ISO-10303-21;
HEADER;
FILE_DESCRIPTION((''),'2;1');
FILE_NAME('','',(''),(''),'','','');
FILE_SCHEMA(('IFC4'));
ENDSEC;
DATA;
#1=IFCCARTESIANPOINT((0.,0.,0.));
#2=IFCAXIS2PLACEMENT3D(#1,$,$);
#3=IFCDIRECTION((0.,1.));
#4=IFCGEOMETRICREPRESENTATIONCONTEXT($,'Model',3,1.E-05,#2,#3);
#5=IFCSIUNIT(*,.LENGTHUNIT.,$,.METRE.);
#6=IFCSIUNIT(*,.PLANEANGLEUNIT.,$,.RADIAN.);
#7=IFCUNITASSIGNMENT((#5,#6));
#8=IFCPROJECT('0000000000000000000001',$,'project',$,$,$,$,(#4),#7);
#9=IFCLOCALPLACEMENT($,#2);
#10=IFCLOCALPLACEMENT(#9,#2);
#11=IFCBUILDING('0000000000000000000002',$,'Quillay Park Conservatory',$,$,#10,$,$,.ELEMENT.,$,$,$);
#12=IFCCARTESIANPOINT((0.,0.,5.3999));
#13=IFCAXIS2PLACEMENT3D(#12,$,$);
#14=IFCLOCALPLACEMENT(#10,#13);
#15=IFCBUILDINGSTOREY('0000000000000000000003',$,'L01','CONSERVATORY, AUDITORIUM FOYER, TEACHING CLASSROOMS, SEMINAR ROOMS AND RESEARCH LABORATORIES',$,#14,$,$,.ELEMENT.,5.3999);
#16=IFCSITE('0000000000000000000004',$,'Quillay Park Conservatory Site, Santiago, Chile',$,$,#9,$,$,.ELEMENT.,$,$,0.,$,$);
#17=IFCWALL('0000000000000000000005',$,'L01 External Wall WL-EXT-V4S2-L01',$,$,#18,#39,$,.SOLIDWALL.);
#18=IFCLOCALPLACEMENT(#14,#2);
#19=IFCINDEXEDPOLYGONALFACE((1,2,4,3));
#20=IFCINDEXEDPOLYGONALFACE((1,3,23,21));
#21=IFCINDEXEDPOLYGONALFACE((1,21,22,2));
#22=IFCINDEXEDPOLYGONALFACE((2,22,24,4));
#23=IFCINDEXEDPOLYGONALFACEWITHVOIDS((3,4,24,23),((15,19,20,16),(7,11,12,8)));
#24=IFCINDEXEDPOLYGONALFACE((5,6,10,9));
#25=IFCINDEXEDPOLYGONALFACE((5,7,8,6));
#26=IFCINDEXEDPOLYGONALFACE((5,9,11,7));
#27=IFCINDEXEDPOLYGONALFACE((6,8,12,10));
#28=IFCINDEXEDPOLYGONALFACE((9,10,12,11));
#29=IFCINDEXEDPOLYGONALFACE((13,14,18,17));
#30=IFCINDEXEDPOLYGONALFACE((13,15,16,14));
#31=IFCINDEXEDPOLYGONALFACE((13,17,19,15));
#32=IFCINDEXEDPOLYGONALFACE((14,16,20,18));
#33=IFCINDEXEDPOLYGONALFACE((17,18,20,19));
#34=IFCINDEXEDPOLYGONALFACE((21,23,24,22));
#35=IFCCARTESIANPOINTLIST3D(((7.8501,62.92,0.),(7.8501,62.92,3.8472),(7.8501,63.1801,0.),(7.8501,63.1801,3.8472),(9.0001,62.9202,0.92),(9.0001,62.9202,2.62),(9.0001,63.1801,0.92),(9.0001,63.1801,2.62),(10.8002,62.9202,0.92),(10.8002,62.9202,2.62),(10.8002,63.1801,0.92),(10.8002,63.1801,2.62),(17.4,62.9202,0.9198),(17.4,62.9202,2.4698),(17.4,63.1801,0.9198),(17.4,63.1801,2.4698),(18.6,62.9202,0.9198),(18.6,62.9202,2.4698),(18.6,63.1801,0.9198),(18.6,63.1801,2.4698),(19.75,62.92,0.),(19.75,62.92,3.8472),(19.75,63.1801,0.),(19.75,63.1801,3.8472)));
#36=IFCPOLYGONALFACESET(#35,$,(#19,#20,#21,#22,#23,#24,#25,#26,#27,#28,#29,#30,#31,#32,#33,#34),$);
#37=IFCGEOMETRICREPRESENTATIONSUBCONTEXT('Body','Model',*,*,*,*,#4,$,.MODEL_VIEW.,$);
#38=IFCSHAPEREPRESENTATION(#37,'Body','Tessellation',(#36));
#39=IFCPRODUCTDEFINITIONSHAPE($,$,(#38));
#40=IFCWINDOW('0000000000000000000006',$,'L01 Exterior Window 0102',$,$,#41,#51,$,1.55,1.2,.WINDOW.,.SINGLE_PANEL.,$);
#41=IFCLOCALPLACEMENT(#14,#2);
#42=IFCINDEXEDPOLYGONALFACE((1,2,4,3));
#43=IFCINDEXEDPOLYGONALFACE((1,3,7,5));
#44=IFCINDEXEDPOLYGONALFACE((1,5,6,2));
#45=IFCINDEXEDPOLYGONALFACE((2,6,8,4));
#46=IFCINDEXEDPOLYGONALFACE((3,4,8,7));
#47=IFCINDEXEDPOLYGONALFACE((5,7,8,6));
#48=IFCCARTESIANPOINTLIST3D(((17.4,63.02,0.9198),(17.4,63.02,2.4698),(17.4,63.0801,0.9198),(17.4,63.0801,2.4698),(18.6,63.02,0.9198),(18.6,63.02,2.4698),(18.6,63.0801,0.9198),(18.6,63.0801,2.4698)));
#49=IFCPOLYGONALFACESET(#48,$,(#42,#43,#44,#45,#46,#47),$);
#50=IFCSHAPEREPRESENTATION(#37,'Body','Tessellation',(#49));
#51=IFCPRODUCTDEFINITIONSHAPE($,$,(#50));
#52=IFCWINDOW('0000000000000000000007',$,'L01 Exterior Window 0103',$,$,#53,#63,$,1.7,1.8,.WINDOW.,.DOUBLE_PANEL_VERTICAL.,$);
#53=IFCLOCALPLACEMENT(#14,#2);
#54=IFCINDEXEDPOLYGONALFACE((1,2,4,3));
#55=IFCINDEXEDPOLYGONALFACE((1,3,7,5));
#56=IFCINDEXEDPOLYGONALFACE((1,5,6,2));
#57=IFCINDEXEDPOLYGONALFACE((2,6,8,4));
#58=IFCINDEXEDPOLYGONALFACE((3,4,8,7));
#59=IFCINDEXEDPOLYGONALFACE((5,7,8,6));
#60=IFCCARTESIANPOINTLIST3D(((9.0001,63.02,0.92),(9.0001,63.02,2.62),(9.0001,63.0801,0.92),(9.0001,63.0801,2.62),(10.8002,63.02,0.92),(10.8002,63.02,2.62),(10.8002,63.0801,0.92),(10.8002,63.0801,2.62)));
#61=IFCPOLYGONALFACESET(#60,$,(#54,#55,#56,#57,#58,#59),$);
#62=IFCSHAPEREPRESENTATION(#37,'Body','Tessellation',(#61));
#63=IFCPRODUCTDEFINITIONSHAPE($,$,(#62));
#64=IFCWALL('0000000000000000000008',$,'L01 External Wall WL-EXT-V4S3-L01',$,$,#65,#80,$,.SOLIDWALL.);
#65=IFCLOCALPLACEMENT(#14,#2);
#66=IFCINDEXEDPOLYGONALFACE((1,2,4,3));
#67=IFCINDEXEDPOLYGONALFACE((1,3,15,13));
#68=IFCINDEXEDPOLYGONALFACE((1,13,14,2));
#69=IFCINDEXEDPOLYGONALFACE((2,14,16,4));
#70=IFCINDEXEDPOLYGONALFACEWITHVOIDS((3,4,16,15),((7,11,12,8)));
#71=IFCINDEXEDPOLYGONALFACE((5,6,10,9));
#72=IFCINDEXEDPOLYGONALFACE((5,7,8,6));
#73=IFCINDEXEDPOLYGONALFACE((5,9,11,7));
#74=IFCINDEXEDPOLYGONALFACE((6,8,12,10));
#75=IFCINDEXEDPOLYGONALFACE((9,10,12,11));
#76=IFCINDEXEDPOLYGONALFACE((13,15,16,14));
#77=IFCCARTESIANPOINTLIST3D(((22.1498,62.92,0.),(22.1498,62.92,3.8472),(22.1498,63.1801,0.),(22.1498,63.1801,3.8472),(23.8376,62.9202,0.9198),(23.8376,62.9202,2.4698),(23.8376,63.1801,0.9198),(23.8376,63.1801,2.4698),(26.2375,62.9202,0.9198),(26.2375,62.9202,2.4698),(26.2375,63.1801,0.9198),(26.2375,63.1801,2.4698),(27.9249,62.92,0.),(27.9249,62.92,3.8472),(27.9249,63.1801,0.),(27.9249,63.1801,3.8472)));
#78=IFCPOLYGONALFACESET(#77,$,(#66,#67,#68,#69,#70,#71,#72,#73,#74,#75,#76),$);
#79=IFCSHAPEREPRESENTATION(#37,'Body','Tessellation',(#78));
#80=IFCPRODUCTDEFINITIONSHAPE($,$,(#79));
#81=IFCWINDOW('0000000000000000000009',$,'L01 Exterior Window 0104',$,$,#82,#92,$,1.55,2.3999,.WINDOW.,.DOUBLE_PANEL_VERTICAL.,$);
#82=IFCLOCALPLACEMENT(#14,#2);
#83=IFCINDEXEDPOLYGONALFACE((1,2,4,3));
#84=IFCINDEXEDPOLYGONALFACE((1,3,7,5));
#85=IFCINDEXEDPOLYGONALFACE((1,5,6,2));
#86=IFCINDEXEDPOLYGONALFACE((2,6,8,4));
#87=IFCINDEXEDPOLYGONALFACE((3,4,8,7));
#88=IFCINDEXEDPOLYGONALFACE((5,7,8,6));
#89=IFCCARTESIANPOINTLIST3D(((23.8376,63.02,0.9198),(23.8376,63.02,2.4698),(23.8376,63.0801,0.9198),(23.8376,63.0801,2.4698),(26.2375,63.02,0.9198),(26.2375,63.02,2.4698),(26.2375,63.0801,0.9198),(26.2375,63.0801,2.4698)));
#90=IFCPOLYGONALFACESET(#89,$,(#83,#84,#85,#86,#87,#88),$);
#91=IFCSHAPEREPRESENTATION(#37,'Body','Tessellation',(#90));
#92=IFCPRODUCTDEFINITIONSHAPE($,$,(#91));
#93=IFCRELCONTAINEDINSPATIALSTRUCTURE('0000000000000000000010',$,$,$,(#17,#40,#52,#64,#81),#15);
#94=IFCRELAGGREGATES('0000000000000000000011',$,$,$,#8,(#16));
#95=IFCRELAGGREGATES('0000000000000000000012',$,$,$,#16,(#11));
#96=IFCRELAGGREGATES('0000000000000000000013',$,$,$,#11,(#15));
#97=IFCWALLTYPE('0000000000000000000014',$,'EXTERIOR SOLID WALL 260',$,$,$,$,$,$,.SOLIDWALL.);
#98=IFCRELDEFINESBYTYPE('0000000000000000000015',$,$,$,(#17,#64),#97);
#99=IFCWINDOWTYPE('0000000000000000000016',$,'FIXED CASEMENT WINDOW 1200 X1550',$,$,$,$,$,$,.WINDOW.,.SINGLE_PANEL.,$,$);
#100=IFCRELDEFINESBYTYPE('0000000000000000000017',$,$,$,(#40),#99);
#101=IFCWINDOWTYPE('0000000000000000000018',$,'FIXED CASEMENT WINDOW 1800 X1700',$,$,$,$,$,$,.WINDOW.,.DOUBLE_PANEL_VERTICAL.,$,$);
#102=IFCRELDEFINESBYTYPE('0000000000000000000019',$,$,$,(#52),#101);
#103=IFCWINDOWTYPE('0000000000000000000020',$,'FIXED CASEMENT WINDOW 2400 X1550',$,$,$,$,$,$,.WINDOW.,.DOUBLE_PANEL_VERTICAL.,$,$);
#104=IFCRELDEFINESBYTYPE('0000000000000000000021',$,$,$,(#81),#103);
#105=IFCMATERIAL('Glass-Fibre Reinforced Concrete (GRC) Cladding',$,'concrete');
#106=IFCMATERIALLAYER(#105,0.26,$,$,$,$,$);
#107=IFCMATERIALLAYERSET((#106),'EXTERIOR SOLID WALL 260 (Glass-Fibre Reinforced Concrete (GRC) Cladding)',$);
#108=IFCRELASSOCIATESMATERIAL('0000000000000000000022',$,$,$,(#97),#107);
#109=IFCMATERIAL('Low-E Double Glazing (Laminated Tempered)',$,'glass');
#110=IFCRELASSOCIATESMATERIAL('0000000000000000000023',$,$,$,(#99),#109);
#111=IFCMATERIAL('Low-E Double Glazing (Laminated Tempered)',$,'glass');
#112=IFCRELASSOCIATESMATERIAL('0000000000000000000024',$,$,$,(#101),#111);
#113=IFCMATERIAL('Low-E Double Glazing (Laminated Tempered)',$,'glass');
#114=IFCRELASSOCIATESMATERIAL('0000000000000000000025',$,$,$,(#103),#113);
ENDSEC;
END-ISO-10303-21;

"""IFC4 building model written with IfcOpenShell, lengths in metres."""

from ifc_helpers import new_model, si_unit, direction, frame, frame_2d, origin, place, context, subcontext, project, spatial, rectangle, extrude, material, layer, layer_set, type_object, element, fill, save


model = new_model("IFC4")

# Units and contexts
model_context = context("Model", 3, precision=1e-05, world=origin(), true_north=direction((0.0, 1.0)))
body_context = subcontext(model_context, "Body", "Model", "MODEL_VIEW")
ifc_project = project(units=[si_unit("LENGTHUNIT", "METRE"), si_unit("PLANEANGLEUNIT", "RADIAN")], contexts=[model_context])

# Site, building, storey
site_placement = place(None, origin())
site = spatial("IfcSite", under=ifc_project, at=site_placement, Name="Quillay Park Conservatory Site, Santiago, Chile", CompositionType="ELEMENT", RefElevation=0.0)
building_placement = place(site_placement, origin())
building = spatial("IfcBuilding", under=site, at=building_placement, Name="Quillay Park Conservatory", CompositionType="ELEMENT")
storey_placement = place(building_placement, frame((0.0, 0.0, 5.3999)))
storey = spatial("IfcBuildingStorey", under=building, at=storey_placement, Name="L01", Description="CONSERVATORY, AUDITORIUM FOYER, TEACHING CLASSROOMS, SEMINAR ROOMS AND RESEARCH LABORATORIES", CompositionType="ELEMENT", Elevation=5.3999)

# Wall, openings, windows
ifc_material_1 = material(Name="Glass-Fibre Reinforced Concrete (GRC) Cladding", Category="concrete")
ifc_layer_1 = layer(ifc_material_1, 0.26)
ifc_layer_set_1 = layer_set([ifc_layer_1], Name="EXTERIOR SOLID WALL 260 (Glass-Fibre Reinforced Concrete (GRC) Cladding)")
wall_type_1 = type_object("IfcWallType", Name="EXTERIOR SOLID WALL 260", PredefinedType="SOLIDWALL", material=ifc_layer_set_1)
wall_1_placement = place(storey_placement, frame((19.75, 63.05, 0.0), z_axis=(0.0, 0.0, 1.0), x_axis=(-1.0, 0.0, 0.0)))
wall_1 = element("IfcWall", 1, at=wall_1_placement, inside=storey, type_object=wall_type_1, Name="L01 External Wall WL-EXT-V4S2-L01", PredefinedType="SOLIDWALL", context=body_context, shape_type="SweptSolid", body=[
    extrude(rectangle(XDim=11.8999, YDim=0.26, at=frame_2d((5.95, 0.0))), origin(), (0.0, 0.0, 1.0), 3.8472),
])
opening_1_placement = place(wall_1_placement, frame((1.1499, 0.0, 0.9199)))
opening_1 = element("IfcOpeningElement", 2, at=opening_1_placement, cuts=wall_1, PredefinedType="OPENING", context=body_context, shape_type="SweptSolid", body=[
    extrude(rectangle(XDim=1.2, YDim=1.55, at=frame_2d((0.6001, 0.7749))), frame((0.0, 0.1299, 0.0), z_axis=(0.0, -1.0, 0.0), x_axis=(1.0, 0.0, 0.0)), (0.0, 0.0, 1.0), 0.26),
])
opening_2_placement = place(wall_1_placement, frame((8.95, 0.0, 0.9199)))
opening_2 = element("IfcOpeningElement", 3, at=opening_2_placement, cuts=wall_1, PredefinedType="OPENING", context=body_context, shape_type="SweptSolid", body=[
    extrude(rectangle(XDim=1.8, YDim=1.7, at=frame_2d((0.8999, 0.8501))), frame((0.0, 0.1299, 0.0), z_axis=(0.0, -1.0, 0.0), x_axis=(1.0, 0.0, 0.0)), (0.0, 0.0, 1.0), 0.26),
])
ifc_material_2 = material(Name="Low-E Double Glazing (Laminated Tempered)", Category="glass")
window_type_1 = type_object("IfcWindowType", Name="FIXED CASEMENT WINDOW 1200 X1550", PartitioningType="SINGLE_PANEL", PredefinedType="WINDOW", material=ifc_material_2)
window_1_placement = place(opening_1_placement, origin())
window_1 = element("IfcWindow", 4, at=window_1_placement, inside=storey, type_object=window_type_1, Name="L01 Exterior Window 0102", OverallHeight=1.55, OverallWidth=1.2, PartitioningType="SINGLE_PANEL", PredefinedType="WINDOW", context=body_context, shape_type="SweptSolid", body=[
    extrude(rectangle(XDim=1.2, YDim=1.55, at=frame_2d((0.6001, 0.7749))), frame((0.0, 0.03, 0.0), z_axis=(0.0, -1.0, 0.0), x_axis=(1.0, 0.0, 0.0)), (0.0, 0.0, 1.0), 0.0601),
])
fill(opening_1, window_1)
ifc_material_3 = material(Name="Low-E Double Glazing (Laminated Tempered)", Category="glass")
window_type_2 = type_object("IfcWindowType", Name="FIXED CASEMENT WINDOW 1800 X1700", PartitioningType="DOUBLE_PANEL_VERTICAL", PredefinedType="WINDOW", material=ifc_material_3)
window_2_placement = place(opening_2_placement, origin())
window_2 = element("IfcWindow", 5, at=window_2_placement, inside=storey, type_object=window_type_2, Name="L01 Exterior Window 0103", OverallHeight=1.7, OverallWidth=1.8, PartitioningType="DOUBLE_PANEL_VERTICAL", PredefinedType="WINDOW", context=body_context, shape_type="SweptSolid", body=[
    extrude(rectangle(XDim=1.8, YDim=1.7, at=frame_2d((0.8999, 0.8501))), frame((0.0, 0.03, 0.0), z_axis=(0.0, -1.0, 0.0), x_axis=(1.0, 0.0, 0.0)), (0.0, 0.0, 1.0), 0.0601),
])
fill(opening_2, window_2)

# Wall, opening, window
wall_2_placement = place(storey_placement, frame((27.925, 63.05, 0.0), z_axis=(0.0, 0.0, 1.0), x_axis=(-1.0, 0.0, 0.0)))
wall_2 = element("IfcWall", 6, at=wall_2_placement, inside=storey, type_object=wall_type_1, Name="L01 External Wall WL-EXT-V4S3-L01", PredefinedType="SOLIDWALL", context=body_context, shape_type="SweptSolid", body=[
    extrude(rectangle(XDim=5.7751, YDim=0.26, at=frame_2d((2.8877, 0.0))), origin(), (0.0, 0.0, 1.0), 3.8472),
])
opening_3_placement = place(wall_2_placement, frame((1.6875, 0.0, 0.9199)))
opening_3 = element("IfcOpeningElement", 7, at=opening_3_placement, cuts=wall_2, PredefinedType="OPENING", context=body_context, shape_type="SweptSolid", body=[
    extrude(rectangle(XDim=2.3999, YDim=1.55, at=frame_2d((1.2, 0.7749))), frame((0.0, 0.1299, 0.0), z_axis=(0.0, -1.0, 0.0), x_axis=(1.0, 0.0, 0.0)), (0.0, 0.0, 1.0), 0.26),
])
ifc_material_4 = material(Name="Low-E Double Glazing (Laminated Tempered)", Category="glass")
window_type_3 = type_object("IfcWindowType", Name="FIXED CASEMENT WINDOW 2400 X1550", PartitioningType="DOUBLE_PANEL_VERTICAL", PredefinedType="WINDOW", material=ifc_material_4)
window_3_placement = place(opening_3_placement, origin())
window_3 = element("IfcWindow", 8, at=window_3_placement, inside=storey, type_object=window_type_3, Name="L01 Exterior Window 0104", OverallHeight=1.55, OverallWidth=2.3999, PartitioningType="DOUBLE_PANEL_VERTICAL", PredefinedType="WINDOW", context=body_context, shape_type="SweptSolid", body=[
    extrude(rectangle(XDim=2.3999, YDim=1.55, at=frame_2d((1.2, 0.7749))), frame((0.0, 0.03, 0.0), z_axis=(0.0, -1.0, 0.0), x_axis=(1.0, 0.0, 0.0)), (0.0, 0.0, 1.0), 0.0601),
])
fill(opening_3, window_3)

save(model, "model.ifc")
